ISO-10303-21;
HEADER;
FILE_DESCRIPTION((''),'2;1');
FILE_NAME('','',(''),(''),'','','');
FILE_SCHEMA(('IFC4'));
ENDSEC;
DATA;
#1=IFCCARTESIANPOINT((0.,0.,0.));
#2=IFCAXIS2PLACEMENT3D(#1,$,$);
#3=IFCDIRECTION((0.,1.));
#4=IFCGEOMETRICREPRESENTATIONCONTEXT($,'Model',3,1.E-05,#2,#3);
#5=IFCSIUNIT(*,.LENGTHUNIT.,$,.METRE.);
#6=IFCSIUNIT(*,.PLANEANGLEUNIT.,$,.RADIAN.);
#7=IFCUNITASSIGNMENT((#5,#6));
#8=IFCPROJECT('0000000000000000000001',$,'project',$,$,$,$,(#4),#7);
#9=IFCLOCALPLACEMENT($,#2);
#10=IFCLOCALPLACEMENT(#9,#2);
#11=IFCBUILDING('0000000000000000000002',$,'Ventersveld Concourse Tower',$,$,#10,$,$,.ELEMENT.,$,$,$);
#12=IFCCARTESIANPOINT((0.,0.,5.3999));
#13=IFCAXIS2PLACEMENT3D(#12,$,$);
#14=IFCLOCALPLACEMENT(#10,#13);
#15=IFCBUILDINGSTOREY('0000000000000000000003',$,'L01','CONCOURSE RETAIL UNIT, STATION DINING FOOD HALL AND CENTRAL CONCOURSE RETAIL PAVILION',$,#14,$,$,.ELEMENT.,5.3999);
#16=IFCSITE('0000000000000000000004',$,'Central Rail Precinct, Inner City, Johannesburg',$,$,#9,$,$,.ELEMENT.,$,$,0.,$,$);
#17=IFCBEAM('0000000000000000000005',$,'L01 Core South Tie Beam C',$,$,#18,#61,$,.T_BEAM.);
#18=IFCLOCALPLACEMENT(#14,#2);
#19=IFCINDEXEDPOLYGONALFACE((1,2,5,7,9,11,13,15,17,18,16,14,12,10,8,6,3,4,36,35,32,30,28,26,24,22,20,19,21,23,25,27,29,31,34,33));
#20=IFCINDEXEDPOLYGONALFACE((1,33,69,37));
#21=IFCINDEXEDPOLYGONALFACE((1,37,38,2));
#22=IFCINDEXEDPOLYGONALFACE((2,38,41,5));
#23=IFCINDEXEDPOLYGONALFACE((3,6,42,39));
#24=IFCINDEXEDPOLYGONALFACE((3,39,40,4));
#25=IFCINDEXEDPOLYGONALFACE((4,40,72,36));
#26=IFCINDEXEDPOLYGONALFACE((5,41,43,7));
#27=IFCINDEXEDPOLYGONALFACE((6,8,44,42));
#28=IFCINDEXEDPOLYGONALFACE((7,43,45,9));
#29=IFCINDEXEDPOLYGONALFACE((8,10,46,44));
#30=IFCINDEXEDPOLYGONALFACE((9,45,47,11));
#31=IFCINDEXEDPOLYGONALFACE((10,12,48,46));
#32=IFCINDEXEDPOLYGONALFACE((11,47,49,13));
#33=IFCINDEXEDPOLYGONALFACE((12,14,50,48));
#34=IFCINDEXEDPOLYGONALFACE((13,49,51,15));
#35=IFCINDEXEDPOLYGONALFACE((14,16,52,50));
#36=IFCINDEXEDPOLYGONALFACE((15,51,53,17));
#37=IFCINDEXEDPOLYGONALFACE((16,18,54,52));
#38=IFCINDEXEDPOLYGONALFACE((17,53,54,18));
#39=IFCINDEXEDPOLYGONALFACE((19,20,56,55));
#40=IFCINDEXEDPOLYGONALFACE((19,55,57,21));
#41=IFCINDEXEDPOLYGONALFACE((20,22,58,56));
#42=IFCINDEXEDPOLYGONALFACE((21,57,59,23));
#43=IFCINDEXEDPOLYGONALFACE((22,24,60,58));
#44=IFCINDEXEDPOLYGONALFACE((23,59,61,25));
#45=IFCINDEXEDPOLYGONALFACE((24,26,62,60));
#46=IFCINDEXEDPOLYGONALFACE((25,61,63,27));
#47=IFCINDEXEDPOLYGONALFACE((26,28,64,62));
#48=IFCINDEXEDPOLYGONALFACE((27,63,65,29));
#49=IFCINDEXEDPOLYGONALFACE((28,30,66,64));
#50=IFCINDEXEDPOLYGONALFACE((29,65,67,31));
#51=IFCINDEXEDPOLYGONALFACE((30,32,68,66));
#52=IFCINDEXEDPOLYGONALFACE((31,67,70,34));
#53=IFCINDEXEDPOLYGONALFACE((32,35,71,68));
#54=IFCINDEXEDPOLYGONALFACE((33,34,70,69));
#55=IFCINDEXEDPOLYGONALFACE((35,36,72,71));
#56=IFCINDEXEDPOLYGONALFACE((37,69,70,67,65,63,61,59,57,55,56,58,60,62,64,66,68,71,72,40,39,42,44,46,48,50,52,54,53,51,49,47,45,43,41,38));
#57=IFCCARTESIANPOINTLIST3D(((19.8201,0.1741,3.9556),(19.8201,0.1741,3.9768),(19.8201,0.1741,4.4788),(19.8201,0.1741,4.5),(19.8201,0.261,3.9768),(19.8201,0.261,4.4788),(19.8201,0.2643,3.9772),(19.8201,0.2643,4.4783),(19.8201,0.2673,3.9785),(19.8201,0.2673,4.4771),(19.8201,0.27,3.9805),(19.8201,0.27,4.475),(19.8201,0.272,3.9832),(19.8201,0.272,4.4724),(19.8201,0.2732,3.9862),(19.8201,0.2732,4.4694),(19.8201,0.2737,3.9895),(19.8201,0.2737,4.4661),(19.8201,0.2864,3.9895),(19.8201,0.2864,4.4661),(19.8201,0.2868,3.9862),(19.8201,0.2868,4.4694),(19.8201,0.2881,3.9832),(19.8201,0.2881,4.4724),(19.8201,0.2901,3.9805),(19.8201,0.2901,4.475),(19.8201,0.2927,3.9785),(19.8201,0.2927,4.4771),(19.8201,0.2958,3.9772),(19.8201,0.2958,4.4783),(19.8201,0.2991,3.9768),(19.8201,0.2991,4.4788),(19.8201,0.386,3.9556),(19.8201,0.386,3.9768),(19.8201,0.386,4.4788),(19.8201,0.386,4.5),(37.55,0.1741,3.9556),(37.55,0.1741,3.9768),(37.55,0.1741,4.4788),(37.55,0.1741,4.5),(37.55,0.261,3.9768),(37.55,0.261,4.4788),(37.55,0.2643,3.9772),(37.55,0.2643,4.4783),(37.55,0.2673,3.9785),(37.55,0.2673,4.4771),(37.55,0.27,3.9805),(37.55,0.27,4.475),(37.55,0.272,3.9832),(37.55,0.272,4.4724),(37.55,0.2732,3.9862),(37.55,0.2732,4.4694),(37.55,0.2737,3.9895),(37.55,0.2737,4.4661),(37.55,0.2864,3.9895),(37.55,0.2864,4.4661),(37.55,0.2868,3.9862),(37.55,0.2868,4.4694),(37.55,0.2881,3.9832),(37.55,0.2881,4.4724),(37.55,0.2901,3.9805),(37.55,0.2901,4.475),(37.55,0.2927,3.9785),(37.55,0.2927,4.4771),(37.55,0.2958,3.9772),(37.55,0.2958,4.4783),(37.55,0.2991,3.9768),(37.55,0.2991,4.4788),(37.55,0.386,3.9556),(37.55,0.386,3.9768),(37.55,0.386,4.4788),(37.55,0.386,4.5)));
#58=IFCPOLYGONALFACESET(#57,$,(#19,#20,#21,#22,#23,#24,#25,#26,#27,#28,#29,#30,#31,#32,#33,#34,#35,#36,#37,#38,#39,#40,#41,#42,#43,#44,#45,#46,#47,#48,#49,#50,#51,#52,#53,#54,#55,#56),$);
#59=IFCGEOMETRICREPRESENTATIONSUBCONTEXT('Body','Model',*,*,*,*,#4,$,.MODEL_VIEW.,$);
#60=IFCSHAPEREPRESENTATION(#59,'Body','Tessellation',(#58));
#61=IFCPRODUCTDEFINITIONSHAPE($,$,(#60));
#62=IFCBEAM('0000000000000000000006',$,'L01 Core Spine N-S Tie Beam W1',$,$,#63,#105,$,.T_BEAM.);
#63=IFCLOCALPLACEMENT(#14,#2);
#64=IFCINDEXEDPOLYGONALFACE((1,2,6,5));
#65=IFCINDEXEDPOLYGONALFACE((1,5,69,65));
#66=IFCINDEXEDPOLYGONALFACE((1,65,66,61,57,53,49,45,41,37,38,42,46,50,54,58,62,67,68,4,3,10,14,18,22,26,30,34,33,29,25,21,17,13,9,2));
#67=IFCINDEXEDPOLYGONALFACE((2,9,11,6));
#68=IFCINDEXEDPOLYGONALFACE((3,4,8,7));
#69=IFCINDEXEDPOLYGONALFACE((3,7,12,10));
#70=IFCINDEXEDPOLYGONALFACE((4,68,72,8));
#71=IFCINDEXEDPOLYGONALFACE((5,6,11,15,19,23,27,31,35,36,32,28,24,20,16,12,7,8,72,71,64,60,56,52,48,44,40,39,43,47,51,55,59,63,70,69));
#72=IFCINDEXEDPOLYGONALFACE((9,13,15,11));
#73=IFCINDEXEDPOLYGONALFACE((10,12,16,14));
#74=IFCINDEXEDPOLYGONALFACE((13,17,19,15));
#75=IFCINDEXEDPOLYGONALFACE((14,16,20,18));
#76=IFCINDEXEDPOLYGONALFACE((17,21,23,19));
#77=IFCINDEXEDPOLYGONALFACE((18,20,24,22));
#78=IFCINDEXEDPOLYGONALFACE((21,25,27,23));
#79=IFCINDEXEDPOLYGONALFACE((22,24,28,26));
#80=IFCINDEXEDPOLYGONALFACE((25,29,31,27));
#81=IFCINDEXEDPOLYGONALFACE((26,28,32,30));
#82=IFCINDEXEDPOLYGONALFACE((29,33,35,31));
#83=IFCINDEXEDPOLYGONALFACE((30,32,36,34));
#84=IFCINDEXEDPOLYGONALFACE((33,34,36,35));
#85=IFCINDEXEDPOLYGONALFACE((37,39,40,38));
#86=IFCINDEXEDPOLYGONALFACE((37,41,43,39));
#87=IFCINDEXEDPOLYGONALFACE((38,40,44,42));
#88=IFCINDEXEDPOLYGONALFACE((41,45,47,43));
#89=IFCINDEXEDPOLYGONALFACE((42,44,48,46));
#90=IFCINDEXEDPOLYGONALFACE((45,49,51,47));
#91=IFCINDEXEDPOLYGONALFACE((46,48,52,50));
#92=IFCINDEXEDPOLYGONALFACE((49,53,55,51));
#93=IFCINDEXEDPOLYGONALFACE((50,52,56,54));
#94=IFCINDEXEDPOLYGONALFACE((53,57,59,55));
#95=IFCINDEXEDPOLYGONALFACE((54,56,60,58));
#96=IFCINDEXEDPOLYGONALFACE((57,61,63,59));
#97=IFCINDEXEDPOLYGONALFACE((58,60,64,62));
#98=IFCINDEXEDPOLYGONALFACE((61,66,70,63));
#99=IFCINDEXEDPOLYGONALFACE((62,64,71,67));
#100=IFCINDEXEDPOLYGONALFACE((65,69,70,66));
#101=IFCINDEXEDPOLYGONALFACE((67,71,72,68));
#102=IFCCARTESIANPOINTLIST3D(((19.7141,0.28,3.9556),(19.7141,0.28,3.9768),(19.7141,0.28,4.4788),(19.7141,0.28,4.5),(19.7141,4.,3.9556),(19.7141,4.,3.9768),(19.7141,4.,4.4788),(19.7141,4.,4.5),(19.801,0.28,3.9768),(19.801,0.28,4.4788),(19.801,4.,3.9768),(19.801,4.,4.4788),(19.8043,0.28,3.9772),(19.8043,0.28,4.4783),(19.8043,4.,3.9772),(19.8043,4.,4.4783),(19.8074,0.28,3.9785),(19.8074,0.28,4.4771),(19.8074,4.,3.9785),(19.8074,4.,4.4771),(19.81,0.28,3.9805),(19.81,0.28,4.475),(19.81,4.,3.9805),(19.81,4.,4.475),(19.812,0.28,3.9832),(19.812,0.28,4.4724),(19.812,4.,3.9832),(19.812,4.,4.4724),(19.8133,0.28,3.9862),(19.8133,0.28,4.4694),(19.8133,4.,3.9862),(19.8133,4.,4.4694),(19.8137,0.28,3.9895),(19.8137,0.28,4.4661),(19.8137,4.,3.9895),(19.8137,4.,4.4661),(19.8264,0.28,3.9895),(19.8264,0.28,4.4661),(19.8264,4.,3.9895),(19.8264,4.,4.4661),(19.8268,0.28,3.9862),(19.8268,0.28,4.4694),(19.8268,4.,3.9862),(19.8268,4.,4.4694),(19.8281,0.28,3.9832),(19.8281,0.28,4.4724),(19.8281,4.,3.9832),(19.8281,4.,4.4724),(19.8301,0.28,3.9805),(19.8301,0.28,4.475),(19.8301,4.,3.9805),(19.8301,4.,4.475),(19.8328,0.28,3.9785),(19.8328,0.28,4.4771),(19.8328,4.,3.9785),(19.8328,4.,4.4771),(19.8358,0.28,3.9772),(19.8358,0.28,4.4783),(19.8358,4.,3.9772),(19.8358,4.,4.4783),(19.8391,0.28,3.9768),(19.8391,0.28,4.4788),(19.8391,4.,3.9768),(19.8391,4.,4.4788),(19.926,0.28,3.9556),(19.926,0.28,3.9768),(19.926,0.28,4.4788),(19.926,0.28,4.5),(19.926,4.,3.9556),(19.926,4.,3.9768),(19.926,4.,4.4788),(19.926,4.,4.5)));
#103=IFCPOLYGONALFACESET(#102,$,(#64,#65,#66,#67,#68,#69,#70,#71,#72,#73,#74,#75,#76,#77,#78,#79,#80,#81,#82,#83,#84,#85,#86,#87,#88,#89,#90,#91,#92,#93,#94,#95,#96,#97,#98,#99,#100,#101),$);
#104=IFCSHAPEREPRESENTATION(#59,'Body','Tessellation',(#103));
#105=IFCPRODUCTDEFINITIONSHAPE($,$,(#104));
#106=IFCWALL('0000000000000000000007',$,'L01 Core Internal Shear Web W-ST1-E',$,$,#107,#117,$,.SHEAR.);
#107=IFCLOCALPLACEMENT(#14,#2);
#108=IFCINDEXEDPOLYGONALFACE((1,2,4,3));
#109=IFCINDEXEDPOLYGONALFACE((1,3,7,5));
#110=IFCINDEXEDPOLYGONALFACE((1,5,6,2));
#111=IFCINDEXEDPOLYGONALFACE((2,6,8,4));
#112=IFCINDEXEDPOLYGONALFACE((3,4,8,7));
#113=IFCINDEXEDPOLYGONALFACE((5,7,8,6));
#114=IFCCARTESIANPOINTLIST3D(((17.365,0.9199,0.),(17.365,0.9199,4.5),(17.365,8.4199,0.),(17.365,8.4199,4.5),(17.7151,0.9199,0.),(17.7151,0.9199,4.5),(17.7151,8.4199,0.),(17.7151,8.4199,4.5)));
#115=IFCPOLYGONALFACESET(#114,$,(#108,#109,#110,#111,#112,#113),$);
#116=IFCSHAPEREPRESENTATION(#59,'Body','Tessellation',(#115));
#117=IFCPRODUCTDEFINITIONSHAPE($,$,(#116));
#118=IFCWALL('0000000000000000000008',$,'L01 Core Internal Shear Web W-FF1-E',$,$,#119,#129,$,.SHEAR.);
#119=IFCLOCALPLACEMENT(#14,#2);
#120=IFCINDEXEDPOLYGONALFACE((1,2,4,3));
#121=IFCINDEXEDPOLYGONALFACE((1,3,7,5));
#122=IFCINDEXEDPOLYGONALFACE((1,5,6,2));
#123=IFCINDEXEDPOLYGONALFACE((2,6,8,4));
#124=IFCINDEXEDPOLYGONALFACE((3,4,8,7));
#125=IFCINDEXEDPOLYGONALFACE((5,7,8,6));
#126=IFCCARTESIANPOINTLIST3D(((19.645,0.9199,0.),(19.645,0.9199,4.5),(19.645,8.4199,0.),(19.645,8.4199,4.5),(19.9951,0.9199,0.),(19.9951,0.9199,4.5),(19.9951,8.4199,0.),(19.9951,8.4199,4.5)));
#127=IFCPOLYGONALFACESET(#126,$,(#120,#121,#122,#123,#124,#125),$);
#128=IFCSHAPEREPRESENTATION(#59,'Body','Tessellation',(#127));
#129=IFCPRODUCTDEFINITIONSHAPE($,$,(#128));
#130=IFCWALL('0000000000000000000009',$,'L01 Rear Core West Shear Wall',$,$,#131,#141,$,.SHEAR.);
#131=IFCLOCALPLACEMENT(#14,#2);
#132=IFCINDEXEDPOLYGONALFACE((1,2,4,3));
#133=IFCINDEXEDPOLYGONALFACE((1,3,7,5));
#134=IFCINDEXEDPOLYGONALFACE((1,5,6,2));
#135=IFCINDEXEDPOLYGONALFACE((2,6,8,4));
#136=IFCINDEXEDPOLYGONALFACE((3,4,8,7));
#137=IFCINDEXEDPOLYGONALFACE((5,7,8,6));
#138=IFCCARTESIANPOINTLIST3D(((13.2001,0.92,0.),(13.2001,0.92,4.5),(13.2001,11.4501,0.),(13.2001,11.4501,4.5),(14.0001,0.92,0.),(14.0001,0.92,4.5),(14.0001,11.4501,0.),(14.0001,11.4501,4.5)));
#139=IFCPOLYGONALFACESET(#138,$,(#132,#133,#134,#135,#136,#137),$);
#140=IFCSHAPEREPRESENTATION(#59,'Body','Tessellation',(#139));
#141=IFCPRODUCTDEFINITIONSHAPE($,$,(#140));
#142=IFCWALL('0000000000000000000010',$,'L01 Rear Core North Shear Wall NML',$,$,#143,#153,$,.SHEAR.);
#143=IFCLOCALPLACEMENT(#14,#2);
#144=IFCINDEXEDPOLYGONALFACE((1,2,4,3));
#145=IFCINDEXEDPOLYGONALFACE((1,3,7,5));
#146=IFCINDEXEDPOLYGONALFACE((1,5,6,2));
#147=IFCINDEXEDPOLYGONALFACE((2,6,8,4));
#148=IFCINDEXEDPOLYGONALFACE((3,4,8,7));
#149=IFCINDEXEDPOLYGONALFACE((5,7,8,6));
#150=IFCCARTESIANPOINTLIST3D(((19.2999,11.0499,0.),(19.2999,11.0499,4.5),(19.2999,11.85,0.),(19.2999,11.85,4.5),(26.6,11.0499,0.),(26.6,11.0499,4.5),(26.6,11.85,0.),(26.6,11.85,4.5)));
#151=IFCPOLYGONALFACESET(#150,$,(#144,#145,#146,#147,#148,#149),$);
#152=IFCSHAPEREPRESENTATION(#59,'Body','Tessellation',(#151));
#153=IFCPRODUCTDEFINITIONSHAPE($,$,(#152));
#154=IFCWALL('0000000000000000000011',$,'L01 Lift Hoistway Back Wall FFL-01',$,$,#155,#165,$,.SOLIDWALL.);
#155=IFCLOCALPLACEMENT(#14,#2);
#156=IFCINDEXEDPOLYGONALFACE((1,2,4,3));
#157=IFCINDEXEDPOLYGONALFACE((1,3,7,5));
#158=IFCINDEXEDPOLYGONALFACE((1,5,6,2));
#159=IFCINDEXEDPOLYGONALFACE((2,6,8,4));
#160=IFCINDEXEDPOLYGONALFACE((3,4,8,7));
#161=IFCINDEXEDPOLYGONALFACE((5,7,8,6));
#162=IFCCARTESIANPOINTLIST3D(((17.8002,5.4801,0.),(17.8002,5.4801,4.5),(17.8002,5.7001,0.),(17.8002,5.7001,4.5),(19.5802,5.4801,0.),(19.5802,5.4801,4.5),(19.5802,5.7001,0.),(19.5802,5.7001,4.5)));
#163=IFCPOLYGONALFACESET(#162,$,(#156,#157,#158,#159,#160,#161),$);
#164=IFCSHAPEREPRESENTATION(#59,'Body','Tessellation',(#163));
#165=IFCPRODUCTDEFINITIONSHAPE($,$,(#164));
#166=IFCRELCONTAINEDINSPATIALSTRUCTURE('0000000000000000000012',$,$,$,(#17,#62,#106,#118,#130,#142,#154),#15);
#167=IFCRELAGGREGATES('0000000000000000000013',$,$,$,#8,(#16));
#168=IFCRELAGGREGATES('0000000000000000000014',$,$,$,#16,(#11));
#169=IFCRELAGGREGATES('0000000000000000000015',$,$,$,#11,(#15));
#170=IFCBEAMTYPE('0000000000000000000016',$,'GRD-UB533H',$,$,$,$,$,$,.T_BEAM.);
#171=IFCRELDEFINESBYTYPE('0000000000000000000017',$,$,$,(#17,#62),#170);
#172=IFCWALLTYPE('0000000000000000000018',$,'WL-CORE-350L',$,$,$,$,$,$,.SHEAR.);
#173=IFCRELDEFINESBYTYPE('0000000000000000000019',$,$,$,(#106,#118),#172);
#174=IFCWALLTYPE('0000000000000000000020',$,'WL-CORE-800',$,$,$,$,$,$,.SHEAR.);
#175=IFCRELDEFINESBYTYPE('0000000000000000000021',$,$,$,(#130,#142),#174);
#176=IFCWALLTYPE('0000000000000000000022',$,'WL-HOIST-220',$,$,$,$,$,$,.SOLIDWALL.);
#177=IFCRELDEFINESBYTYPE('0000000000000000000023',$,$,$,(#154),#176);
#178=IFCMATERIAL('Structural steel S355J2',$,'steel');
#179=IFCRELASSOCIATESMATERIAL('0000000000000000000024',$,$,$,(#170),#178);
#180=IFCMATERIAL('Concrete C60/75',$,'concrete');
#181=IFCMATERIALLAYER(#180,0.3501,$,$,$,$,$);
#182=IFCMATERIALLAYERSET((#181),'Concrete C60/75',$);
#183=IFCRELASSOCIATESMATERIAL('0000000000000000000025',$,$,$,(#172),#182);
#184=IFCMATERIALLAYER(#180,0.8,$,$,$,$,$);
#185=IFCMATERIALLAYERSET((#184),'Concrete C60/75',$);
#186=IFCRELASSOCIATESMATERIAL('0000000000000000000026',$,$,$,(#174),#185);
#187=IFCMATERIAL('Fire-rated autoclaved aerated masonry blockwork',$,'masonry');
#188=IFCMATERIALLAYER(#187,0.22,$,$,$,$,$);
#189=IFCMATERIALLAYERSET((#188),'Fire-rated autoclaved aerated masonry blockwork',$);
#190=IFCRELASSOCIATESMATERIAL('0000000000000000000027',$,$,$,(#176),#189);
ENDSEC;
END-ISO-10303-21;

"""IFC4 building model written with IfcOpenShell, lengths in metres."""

from ifc_helpers import new_model, si_unit, direction, frame, frame_2d, origin, origin_2d, place, context, subcontext, project, spatial, rectangle, i_section, extrude, material, layer, layer_set, material_profile, profile_set, type_object, element, save


model = new_model("IFC4")

# Units and contexts
model_context = context("Model", 3, precision=1e-05, world=origin(), true_north=direction((0.0, 1.0)))
body_context = subcontext(model_context, "Body", "Model", "MODEL_VIEW")
ifc_project = project(units=[si_unit("LENGTHUNIT", "METRE"), si_unit("PLANEANGLEUNIT", "RADIAN")], contexts=[model_context])

# Site, building, storey
site_placement = place(None, origin())
site = spatial("IfcSite", under=ifc_project, at=site_placement, Name="Central Rail Precinct, Inner City, Johannesburg", CompositionType="ELEMENT", RefElevation=0.0)
building_placement = place(site_placement, origin())
building = spatial("IfcBuilding", under=site, at=building_placement, Name="Ventersveld Concourse Tower", CompositionType="ELEMENT")
storey_placement = place(building_placement, frame((0.0, 0.0, 5.3999)))
storey = spatial("IfcBuildingStorey", under=building, at=storey_placement, Name="L01", Description="CONCOURSE RETAIL UNIT, STATION DINING FOOD HALL AND CENTRAL CONCOURSE RETAIL PAVILION", CompositionType="ELEMENT", Elevation=5.3999)

# Beams
ifc_material_1 = material(Name="Concrete C60/75", Category="concrete")
ifc_material_2 = material(Name="Structural steel S355J2", Category="steel")
ifc_material_profile_1 = material_profile(ifc_material_2, i_section(OverallWidth=0.2119, OverallDepth=0.5444, WebThickness=0.0127, FlangeThickness=0.0212, FilletRadius=0.0127, at=origin_2d()), Name="UB 533x210x122")
ifc_profile_set_1 = profile_set([ifc_material_profile_1], Name="Structural steel S355J2")
beam_type_1 = type_object("IfcBeamType", Name="GRD-UB533H", PredefinedType="T_BEAM", material=ifc_profile_set_1)
beam_1_placement = place(storey_placement, frame((19.8201, 0.28, 4.2278), z_axis=(1.0, 0.0, 0.0), x_axis=(0.0, 1.0, 0.0)))
element("IfcBeam", 1, at=beam_1_placement, inside=storey, type_object=beam_type_1, Name="L01 Core South Tie Beam C", PredefinedType="T_BEAM", context=body_context, shape_type="SweptSolid", body=[
    extrude(i_section(OverallWidth=0.2119, OverallDepth=0.5444, WebThickness=0.0127, FlangeThickness=0.0212, FilletRadius=0.0127, at=origin_2d()), origin(), (0.0, 0.0, 1.0), 17.73),
])
beam_2_placement = place(storey_placement, frame((19.8201, 0.28, 4.2278), z_axis=(0.0, 1.0, 0.0), x_axis=(-1.0, 0.0, 0.0)))
element("IfcBeam", 2, at=beam_2_placement, inside=storey, type_object=beam_type_1, Name="L01 Core Spine N-S Tie Beam W1", PredefinedType="T_BEAM", context=body_context, shape_type="SweptSolid", body=[
    extrude(i_section(OverallWidth=0.2119, OverallDepth=0.5444, WebThickness=0.0127, FlangeThickness=0.0212, FilletRadius=0.0127, at=origin_2d()), origin(), (0.0, 0.0, 1.0), 3.72),
])

# Walls
ifc_layer_1 = layer(ifc_material_1, 0.3501)
ifc_layer_set_1 = layer_set([ifc_layer_1], Name="Concrete C60/75")
wall_type_1 = type_object("IfcWallType", Name="WL-CORE-350L", PredefinedType="SHEAR", material=ifc_layer_set_1)
for number, where, z_axis, x_axis, name in (
    (3, (17.54, 0.9199, 0.0), (0.0, 0.0, 1.0), (0.0, 1.0, 0.0), "L01 Core Internal Shear Web W-ST1-E"),
    (4, (19.8201, 0.9199, 0.0), (0.0, 0.0, 1.0), (0.0, 1.0, 0.0), "L01 Core Internal Shear Web W-FF1-E"),
):
    element("IfcWall", number, at=place(storey_placement, frame(where, z_axis=z_axis, x_axis=x_axis)), inside=storey, type_object=wall_type_1, Name=name, PredefinedType="SHEAR", context=body_context, shape_type="SweptSolid", body=[
        extrude(rectangle(XDim=7.5, YDim=0.3501, at=frame_2d((3.75, 0.0))), origin(), (0.0, 0.0, 1.0), 4.5),
    ])
ifc_layer_2 = layer(ifc_material_1, 0.8)
ifc_layer_set_2 = layer_set([ifc_layer_2], Name="Concrete C60/75")
wall_type_2 = type_object("IfcWallType", Name="WL-CORE-800", PredefinedType="SHEAR", material=ifc_layer_set_2)
wall_1_placement = place(storey_placement, frame((13.6001, 0.9199, 0.0), z_axis=(0.0, 0.0, 1.0), x_axis=(0.0, 1.0, 0.0)))
element("IfcWall", 5, at=wall_1_placement, inside=storey, type_object=wall_type_2, Name="L01 Rear Core West Shear Wall", PredefinedType="SHEAR", context=body_context, shape_type="SweptSolid", body=[
    extrude(rectangle(XDim=10.53, YDim=0.8, at=frame_2d((5.2651, 0.0))), origin(), (0.0, 0.0, 1.0), 4.5),
])
wall_2_placement = place(storey_placement, frame((19.3, 11.45, 0.0), z_axis=(0.0, 0.0, 1.0), x_axis=(1.0, 0.0, 0.0)))
element("IfcWall", 6, at=wall_2_placement, inside=storey, type_object=wall_type_2, Name="L01 Rear Core North Shear Wall NML", PredefinedType="SHEAR", context=body_context, shape_type="SweptSolid", body=[
    extrude(rectangle(XDim=7.3, YDim=0.8, at=frame_2d((3.6499, 0.0))), origin(), (0.0, 0.0, 1.0), 4.5),
])
ifc_material_3 = material(Name="Fire-rated autoclaved aerated masonry blockwork", Category="masonry")
ifc_layer_3 = layer(ifc_material_3, 0.22)
ifc_layer_set_3 = layer_set([ifc_layer_3], Name="Fire-rated autoclaved aerated masonry blockwork")
wall_type_3 = type_object("IfcWallType", Name="WL-HOIST-220", PredefinedType="SOLIDWALL", material=ifc_layer_set_3)
wall_3_placement = place(storey_placement, frame((17.8, 5.5901, 0.0), z_axis=(0.0, 0.0, 1.0), x_axis=(1.0, 0.0, 0.0)))
element("IfcWall", 7, at=wall_3_placement, inside=storey, type_object=wall_type_3, Name="L01 Lift Hoistway Back Wall FFL-01", PredefinedType="SOLIDWALL", context=body_context, shape_type="SweptSolid", body=[
    extrude(rectangle(XDim=1.78, YDim=0.22, at=frame_2d((0.8901, 0.0))), origin(), (0.0, 0.0, 1.0), 4.5),
])

save(model, "model.ifc")
